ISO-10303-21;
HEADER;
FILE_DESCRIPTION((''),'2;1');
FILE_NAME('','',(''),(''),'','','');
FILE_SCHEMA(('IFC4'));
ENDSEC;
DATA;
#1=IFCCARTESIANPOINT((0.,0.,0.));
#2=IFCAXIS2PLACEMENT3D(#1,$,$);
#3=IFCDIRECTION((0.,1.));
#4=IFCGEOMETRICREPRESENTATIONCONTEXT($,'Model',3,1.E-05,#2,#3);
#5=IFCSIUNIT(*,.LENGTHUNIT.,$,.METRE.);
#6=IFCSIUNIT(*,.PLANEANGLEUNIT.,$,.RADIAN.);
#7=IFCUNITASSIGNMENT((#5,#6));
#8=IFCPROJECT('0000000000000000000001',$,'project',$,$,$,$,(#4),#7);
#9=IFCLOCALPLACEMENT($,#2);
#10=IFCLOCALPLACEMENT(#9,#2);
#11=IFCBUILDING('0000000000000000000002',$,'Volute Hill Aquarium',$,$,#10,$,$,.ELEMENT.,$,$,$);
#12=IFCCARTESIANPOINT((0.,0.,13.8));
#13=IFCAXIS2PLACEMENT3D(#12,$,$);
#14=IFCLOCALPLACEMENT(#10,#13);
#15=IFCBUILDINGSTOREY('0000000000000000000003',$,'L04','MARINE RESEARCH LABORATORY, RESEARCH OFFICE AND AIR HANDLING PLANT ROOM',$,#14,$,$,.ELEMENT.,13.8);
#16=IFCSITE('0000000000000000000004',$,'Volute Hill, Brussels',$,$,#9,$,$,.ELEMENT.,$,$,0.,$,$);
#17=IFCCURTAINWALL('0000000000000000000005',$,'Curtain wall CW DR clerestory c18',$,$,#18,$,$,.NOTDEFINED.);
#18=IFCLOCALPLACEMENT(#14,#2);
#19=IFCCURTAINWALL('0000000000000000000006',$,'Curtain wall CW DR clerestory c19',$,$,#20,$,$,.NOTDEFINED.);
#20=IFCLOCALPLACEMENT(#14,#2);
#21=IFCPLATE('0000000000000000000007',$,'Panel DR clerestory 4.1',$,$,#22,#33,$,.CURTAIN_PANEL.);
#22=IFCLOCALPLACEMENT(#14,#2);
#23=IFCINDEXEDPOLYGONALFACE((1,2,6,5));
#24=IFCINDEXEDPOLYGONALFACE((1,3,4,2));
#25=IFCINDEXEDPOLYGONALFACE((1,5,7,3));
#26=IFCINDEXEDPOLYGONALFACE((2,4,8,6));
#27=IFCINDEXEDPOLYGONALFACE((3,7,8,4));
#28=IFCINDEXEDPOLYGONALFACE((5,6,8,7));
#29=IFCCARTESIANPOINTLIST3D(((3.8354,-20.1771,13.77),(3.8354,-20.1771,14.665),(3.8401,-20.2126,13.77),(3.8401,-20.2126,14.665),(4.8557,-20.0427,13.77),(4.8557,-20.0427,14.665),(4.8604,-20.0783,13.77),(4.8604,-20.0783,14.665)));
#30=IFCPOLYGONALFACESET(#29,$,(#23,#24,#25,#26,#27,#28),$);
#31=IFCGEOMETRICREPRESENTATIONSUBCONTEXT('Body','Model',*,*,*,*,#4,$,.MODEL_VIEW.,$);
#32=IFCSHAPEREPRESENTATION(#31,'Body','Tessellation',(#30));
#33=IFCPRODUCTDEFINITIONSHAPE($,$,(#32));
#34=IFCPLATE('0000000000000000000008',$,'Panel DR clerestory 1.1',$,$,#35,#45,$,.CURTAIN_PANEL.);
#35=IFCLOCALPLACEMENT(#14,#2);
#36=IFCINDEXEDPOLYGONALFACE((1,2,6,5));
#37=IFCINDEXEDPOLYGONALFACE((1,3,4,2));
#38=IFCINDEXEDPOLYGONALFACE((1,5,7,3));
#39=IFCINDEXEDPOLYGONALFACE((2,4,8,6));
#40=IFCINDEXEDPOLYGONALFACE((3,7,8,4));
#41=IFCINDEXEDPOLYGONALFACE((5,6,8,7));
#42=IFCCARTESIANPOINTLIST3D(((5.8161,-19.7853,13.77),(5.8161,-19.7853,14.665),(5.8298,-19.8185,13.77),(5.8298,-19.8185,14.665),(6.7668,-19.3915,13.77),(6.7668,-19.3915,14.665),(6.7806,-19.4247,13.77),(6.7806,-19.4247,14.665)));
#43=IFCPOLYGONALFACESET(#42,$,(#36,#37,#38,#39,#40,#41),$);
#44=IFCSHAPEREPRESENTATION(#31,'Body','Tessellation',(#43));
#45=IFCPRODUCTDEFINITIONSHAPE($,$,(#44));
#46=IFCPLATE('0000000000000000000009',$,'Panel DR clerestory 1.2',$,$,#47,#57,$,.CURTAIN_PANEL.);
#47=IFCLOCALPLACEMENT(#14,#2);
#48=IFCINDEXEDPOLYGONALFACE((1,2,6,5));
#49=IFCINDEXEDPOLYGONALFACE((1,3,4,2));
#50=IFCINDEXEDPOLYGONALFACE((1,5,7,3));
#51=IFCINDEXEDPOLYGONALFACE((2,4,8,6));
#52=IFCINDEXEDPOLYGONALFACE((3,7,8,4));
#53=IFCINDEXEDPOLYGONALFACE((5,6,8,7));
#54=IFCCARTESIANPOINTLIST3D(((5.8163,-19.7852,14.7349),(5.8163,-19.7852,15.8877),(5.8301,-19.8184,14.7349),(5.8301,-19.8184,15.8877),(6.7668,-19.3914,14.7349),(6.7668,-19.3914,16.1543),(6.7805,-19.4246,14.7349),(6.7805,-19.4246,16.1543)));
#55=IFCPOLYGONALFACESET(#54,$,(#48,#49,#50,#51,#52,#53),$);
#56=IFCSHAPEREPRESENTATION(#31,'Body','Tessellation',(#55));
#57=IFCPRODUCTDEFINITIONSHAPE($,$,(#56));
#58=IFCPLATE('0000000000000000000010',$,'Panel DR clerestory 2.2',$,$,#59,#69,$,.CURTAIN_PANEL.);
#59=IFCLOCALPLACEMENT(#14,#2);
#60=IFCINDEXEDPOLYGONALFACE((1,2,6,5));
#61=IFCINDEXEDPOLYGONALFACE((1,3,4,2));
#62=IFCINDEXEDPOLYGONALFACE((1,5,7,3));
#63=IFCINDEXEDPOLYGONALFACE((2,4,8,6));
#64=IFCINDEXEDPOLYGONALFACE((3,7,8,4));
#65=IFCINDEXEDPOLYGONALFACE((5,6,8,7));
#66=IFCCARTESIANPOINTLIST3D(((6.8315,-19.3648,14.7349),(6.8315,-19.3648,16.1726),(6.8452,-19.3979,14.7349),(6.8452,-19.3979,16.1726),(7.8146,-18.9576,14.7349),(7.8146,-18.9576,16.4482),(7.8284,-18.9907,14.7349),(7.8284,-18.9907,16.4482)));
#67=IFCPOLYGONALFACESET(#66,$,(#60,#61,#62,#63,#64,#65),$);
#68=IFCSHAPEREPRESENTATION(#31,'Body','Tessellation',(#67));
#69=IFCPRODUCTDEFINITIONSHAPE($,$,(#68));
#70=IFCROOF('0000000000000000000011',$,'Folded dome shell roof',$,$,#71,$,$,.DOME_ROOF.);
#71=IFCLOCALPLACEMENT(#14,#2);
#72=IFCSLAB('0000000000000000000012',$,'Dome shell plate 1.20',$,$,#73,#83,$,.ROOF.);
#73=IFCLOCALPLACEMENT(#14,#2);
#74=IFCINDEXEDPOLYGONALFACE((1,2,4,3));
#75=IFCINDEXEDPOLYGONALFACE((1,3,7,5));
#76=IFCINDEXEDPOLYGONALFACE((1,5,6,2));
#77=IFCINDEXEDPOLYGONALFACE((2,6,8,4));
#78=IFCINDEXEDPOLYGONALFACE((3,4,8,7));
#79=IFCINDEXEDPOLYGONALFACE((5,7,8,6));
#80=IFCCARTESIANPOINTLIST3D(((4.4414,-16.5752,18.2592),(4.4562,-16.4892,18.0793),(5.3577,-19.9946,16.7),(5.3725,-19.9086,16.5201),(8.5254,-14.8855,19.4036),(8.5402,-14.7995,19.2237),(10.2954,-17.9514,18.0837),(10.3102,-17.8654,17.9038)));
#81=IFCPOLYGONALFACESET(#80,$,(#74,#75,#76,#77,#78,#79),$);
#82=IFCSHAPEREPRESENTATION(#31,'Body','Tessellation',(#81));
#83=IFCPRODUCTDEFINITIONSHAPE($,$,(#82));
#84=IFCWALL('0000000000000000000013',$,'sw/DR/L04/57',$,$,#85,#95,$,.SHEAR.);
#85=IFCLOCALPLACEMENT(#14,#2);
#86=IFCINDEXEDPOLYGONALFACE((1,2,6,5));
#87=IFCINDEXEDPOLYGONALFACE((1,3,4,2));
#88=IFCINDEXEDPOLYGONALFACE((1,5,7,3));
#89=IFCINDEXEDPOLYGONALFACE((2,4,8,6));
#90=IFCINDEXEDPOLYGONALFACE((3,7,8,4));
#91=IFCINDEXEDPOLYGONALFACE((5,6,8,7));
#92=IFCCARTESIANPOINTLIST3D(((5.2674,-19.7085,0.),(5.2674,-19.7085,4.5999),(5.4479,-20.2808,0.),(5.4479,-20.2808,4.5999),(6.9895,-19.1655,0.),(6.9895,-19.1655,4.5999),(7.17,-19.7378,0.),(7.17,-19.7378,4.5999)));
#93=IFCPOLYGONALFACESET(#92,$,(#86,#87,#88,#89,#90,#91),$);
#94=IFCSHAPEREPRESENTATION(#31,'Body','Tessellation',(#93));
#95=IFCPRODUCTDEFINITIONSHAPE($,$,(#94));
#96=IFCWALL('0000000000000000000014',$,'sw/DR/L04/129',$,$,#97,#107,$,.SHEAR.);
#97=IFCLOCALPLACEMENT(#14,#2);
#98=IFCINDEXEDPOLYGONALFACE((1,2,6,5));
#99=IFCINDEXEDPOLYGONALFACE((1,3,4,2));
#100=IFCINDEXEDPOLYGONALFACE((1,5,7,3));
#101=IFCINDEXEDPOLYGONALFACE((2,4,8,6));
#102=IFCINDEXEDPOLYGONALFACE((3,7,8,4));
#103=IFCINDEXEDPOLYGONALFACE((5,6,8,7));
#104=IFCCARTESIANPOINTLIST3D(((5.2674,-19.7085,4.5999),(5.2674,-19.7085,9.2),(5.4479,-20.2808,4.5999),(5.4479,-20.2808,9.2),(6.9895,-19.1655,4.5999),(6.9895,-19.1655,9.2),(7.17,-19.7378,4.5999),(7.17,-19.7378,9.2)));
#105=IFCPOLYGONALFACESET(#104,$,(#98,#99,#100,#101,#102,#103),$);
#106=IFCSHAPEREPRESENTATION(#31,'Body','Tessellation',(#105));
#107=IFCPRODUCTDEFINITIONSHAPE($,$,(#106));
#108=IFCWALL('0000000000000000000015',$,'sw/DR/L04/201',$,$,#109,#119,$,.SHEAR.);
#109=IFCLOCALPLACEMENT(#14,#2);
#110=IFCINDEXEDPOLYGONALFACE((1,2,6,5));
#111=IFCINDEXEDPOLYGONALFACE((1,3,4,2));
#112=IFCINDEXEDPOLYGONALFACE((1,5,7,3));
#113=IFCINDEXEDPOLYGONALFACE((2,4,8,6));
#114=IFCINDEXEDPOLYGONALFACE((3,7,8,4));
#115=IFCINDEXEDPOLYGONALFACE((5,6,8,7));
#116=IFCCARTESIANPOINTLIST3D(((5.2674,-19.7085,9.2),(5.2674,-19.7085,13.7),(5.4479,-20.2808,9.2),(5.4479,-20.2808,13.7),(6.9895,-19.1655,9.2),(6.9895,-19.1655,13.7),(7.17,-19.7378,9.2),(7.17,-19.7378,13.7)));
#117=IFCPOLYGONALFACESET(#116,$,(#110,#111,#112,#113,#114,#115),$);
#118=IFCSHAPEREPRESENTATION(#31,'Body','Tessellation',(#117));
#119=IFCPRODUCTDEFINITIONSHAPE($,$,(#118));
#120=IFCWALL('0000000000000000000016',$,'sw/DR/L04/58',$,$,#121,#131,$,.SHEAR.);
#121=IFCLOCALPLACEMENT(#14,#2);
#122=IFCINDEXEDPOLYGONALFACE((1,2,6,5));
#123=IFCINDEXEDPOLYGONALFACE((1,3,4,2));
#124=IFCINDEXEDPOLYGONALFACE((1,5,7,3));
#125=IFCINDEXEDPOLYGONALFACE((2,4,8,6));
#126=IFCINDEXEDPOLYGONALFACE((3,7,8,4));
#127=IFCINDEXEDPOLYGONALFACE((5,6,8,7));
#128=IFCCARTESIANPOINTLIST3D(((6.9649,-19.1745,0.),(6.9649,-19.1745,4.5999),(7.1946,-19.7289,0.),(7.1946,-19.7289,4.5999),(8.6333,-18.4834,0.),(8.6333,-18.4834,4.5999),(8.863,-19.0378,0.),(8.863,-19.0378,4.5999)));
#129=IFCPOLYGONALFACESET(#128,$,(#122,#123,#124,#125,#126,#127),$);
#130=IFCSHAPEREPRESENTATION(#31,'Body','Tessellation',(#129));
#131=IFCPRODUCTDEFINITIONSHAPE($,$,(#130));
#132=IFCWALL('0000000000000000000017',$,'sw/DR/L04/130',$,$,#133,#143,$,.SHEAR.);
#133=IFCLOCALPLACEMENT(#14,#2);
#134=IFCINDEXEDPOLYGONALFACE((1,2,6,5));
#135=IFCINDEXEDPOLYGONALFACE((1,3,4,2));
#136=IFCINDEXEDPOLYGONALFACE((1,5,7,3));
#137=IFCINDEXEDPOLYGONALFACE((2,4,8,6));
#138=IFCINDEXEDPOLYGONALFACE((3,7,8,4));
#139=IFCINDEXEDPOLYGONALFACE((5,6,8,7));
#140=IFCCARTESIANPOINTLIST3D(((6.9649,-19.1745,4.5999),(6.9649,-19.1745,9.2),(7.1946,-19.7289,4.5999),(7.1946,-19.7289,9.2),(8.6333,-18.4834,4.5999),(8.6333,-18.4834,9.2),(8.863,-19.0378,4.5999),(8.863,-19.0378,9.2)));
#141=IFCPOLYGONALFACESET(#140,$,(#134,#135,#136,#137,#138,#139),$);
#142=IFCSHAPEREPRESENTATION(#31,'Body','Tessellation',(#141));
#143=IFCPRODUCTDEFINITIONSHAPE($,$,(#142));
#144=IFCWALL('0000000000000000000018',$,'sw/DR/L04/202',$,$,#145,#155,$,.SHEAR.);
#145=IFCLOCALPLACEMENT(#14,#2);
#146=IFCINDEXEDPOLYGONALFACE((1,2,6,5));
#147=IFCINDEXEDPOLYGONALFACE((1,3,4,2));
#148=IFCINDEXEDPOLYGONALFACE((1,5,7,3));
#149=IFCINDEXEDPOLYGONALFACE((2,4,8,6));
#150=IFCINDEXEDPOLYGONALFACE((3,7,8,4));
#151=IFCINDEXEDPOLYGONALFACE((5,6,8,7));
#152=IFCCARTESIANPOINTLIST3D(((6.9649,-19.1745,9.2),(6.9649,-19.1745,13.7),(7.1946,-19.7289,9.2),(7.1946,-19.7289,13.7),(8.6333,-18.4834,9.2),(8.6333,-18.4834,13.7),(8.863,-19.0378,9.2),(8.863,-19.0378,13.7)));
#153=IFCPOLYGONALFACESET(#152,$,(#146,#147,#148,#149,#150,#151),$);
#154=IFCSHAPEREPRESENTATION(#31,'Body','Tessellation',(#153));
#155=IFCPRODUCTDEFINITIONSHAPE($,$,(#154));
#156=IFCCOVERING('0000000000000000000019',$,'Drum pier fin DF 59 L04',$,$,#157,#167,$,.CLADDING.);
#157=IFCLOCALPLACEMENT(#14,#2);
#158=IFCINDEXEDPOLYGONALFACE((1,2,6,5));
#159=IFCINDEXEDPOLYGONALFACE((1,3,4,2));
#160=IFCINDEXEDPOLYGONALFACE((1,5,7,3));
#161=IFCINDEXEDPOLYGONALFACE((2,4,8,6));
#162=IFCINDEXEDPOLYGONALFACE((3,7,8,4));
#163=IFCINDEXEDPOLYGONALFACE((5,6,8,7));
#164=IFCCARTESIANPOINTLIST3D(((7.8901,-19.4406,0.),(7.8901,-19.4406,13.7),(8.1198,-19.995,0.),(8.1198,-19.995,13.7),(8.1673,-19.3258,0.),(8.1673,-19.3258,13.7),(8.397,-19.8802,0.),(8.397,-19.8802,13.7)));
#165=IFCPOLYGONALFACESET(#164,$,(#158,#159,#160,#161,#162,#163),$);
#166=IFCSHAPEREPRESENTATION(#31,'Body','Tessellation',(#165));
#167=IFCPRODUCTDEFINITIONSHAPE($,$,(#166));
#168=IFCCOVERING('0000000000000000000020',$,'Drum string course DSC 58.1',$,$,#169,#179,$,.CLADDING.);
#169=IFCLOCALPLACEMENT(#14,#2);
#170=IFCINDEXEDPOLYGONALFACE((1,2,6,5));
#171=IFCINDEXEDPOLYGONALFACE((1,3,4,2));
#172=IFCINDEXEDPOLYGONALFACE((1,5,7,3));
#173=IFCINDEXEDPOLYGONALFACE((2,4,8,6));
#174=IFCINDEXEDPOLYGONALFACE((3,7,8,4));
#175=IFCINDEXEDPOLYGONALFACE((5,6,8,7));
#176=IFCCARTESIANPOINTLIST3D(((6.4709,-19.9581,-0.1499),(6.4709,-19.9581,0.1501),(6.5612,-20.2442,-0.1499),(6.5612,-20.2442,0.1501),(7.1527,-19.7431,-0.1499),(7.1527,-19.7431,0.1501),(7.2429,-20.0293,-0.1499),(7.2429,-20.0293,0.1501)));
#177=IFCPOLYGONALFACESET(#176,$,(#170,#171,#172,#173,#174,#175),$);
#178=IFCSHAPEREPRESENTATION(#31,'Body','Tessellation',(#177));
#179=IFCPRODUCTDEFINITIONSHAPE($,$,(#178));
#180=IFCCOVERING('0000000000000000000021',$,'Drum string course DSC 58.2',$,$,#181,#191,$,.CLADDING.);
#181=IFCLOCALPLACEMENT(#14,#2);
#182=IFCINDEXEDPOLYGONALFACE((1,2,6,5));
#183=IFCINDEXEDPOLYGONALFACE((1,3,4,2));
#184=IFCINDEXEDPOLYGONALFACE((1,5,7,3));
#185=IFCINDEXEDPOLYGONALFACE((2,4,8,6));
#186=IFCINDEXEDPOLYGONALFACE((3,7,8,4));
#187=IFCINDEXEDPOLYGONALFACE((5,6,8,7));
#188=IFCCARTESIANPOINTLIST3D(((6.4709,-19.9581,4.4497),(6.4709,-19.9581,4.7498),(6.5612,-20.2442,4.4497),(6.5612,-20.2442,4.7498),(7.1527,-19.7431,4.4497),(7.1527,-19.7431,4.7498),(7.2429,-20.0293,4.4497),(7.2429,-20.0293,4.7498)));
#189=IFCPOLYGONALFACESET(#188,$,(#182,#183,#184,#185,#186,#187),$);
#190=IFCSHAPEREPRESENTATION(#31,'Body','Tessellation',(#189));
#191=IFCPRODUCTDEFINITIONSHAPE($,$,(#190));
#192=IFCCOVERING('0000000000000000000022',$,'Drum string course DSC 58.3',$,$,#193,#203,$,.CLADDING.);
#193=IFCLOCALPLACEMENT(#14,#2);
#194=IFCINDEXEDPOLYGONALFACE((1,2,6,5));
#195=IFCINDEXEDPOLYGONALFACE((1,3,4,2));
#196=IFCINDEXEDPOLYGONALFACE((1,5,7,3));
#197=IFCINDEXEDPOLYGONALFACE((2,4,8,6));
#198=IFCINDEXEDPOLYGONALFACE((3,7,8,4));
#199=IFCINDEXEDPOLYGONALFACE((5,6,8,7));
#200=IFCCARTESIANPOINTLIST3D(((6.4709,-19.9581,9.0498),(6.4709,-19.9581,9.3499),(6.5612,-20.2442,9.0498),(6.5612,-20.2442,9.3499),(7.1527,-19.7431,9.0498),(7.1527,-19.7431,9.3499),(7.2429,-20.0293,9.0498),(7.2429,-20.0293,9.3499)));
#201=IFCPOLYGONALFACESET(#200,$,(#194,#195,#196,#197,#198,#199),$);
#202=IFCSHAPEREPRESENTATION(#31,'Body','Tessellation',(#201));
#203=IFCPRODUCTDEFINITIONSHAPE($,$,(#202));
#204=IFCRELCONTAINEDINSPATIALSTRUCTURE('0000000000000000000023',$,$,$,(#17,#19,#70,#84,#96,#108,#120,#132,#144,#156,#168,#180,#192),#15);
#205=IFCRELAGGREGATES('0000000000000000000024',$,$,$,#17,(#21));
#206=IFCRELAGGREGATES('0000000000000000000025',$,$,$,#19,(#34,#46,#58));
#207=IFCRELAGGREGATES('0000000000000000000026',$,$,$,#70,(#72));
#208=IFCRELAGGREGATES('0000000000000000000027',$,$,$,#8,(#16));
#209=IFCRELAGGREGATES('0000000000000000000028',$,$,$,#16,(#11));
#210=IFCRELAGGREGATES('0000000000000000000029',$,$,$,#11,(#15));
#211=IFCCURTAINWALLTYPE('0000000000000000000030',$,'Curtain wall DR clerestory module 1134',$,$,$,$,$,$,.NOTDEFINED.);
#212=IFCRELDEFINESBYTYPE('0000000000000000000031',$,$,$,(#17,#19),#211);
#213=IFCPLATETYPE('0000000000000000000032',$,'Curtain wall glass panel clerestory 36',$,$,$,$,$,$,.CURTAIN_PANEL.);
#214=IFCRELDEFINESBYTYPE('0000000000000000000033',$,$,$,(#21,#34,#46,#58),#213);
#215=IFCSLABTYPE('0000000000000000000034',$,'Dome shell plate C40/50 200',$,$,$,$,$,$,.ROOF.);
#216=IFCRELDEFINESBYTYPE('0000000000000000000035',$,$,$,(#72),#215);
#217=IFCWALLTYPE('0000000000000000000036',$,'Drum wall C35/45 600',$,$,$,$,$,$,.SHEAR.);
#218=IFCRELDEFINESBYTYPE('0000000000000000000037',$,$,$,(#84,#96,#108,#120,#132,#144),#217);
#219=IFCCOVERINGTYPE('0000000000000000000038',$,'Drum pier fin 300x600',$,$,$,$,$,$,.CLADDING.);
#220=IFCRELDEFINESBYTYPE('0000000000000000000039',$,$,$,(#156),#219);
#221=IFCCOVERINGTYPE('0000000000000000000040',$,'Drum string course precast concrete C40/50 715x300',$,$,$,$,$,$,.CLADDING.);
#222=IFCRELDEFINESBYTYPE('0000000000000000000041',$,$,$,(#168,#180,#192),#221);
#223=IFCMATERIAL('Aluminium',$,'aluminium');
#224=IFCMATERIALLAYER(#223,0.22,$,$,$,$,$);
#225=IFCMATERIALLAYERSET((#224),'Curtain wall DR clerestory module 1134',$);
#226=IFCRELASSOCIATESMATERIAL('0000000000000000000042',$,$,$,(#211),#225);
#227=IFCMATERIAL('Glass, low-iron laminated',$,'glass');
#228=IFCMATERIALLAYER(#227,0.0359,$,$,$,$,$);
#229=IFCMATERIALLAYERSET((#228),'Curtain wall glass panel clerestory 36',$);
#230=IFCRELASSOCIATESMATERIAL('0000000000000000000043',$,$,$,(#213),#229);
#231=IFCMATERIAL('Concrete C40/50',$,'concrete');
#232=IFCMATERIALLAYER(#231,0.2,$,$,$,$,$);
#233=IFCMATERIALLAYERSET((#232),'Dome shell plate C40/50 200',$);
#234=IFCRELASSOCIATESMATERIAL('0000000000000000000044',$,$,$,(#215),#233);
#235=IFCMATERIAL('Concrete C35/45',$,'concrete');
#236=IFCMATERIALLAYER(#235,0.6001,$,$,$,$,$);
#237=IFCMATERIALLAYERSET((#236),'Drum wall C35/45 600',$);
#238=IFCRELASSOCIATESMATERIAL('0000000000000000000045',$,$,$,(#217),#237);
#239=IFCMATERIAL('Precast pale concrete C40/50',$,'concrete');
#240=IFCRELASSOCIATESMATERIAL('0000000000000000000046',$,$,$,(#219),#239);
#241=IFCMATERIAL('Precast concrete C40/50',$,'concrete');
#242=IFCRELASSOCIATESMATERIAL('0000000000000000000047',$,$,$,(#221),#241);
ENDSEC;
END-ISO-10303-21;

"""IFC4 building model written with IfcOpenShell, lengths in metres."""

from ifc_helpers import new_model, si_unit, direction, frame, frame_2d, origin, origin_2d, place, context, subcontext, project, spatial, polyline, rectangle, outline, extrude, material, layer, layer_set, type_object, element, aggregate, save


model = new_model("IFC4")

# Units and contexts
model_context = context("Model", 3, precision=1e-05, world=origin(), true_north=direction((0.0, 1.0)))
body_context = subcontext(model_context, "Body", "Model", "MODEL_VIEW")
ifc_project = project(units=[si_unit("LENGTHUNIT", "METRE"), si_unit("PLANEANGLEUNIT", "RADIAN")], contexts=[model_context])

# Site, building, storey
site_placement = place(None, origin())
site = spatial("IfcSite", under=ifc_project, at=site_placement, Name="Volute Hill, Brussels", CompositionType="ELEMENT", RefElevation=0.0)
building_placement = place(site_placement, origin())
building = spatial("IfcBuilding", under=site, at=building_placement, Name="Volute Hill Aquarium", CompositionType="ELEMENT")
storey_placement = place(building_placement, frame((0.0, 0.0, 13.8)))
storey = spatial("IfcBuildingStorey", under=building, at=storey_placement, Name="L04", Description="MARINE RESEARCH LABORATORY, RESEARCH OFFICE AND AIR HANDLING PLANT ROOM", CompositionType="ELEMENT", Elevation=13.8)

# Curtain wall
ifc_material_1 = material(Name="Aluminium", Category="aluminium")
ifc_layer_1 = layer(ifc_material_1, 0.22)
ifc_layer_set_1 = layer_set([ifc_layer_1], Name="Curtain wall DR clerestory module 1134")
curtain_wall_type = type_object("IfcCurtainWallType", Name="Curtain wall DR clerestory module 1134", PredefinedType="NOTDEFINED", material=ifc_layer_set_1)
curtain_wall_1_placement = place(storey_placement, origin())
curtain_wall_1 = element("IfcCurtainWall", 1, at=curtain_wall_1_placement, inside=storey, type_object=curtain_wall_type, Name="Curtain wall CW DR clerestory c18", PredefinedType="NOTDEFINED")

# Curtain wall
curtain_wall_2_placement = place(storey_placement, origin())
curtain_wall_2 = element("IfcCurtainWall", 2, at=curtain_wall_2_placement, inside=storey, type_object=curtain_wall_type, Name="Curtain wall CW DR clerestory c19", PredefinedType="NOTDEFINED")

# Plates
ifc_material_2 = material(Name="Glass, low-iron laminated", Category="glass")
ifc_layer_2 = layer(ifc_material_2, 0.0359)
ifc_layer_set_2 = layer_set([ifc_layer_2], Name="Curtain wall glass panel clerestory 36")
plate_type = type_object("IfcPlateType", Name="Curtain wall glass panel clerestory 36", PredefinedType="CURTAIN_PANEL", material=ifc_layer_set_2)
plate_1_placement = place(storey_placement, frame((4.3479, -20.1277, 13.77), z_axis=(0.0, 0.0, 1.0), x_axis=(0.991446, 0.130519, 0.0)))
plate_1 = element("IfcPlate", 3, at=plate_1_placement, type_object=plate_type, Name="Panel DR clerestory 4.1", PredefinedType="CURTAIN_PANEL", context=body_context, shape_type="SweptSolid", body=[
    extrude(rectangle(XDim=1.0291, YDim=0.0359, at=origin_2d()), origin(), (0.0, 0.0, 1.0), 0.895),
])
aggregate(curtain_wall_1, [plate_1])
plate_2_placement = place(storey_placement, frame((6.2983, -19.605, 13.77), z_axis=(0.0, 0.0, 1.0), x_axis=(0.923874, 0.382696, 0.0)))
plate_2 = element("IfcPlate", 4, at=plate_2_placement, type_object=plate_type, Name="Panel DR clerestory 1.1", PredefinedType="CURTAIN_PANEL", context=body_context, shape_type="SweptSolid", body=[
    extrude(rectangle(XDim=1.0291, YDim=0.0359, at=origin_2d()), origin(), (0.0, 0.0, 1.0), 0.895),
])
plate_3_placement = place(storey_placement, frame((5.8301, -19.8184, 14.7349), z_axis=(0.382778, -0.92384, 0.0), x_axis=(0.92384, 0.382778, 0.0)))
plate_3 = element("IfcPlate", 5, at=plate_3_placement, type_object=plate_type, Name="Panel DR clerestory 1.2", PredefinedType="CURTAIN_PANEL", context=body_context, shape_type="SweptSolid", body=[
    extrude(outline(polyline([(0.0, 0.0), (1.0288, 0.0), (1.0288, 1.4194), (0.0, 1.1528), (0.0, 0.0)])), origin(), (0.0, 0.0, -1.0), 0.0359),
])
plate_4_placement = place(storey_placement, frame((6.8452, -19.3979, 14.7349), z_axis=(0.382676, -0.923883, 0.0), x_axis=(0.923883, 0.382676, 0.0)))
plate_4 = element("IfcPlate", 6, at=plate_4_placement, type_object=plate_type, Name="Panel DR clerestory 2.2", PredefinedType="CURTAIN_PANEL", context=body_context, shape_type="SweptSolid", body=[
    extrude(outline(polyline([(0.0, 0.0), (1.0642, 0.0), (1.0642, 1.7134), (0.0, 1.4377), (0.0, 0.0)])), origin(), (0.0, 0.0, -1.0), 0.0359),
])
aggregate(curtain_wall_2, [plate_2, plate_3, plate_4])

# Roof, slab
roof_placement = place(storey_placement, origin())
roof = element("IfcRoof", 7, at=roof_placement, inside=storey, Name="Folded dome shell roof", PredefinedType="DOME_ROOF")
ifc_material_3 = material(Name="Concrete C40/50", Category="concrete")
ifc_layer_3 = layer(ifc_material_3, 0.2)
ifc_layer_set_3 = layer_set([ifc_layer_3], Name="Dome shell plate C40/50 200")
slab_type = type_object("IfcSlabType", Name="Dome shell plate C40/50 200", PredefinedType="ROOF", material=ifc_layer_set_3)
slab_placement = place(storey_placement, frame((5.3577, -19.9946, 16.7), z_axis=(-0.074142, -0.430136, 0.899715), x_axis=(0.894512, 0.370149, 0.250674)))
slab = element("IfcSlab", 8, at=slab_placement, type_object=slab_type, Name="Dome shell plate 1.20", PredefinedType="ROOF", context=body_context, shape_type="SweptSolid", body=[
    extrude(outline(polyline([(0.0, 0.0), (5.52, 0.0), (5.4024, 3.7764), (0.837, 3.7766), (0.0, 0.0)])), origin(), (0.0, 0.0, -1.0), 0.2),
])
aggregate(roof, [slab])

# Walls
ifc_material_4 = material(Name="Concrete C35/45", Category="concrete")
ifc_layer_4 = layer(ifc_material_4, 0.6001)
ifc_layer_set_4 = layer_set([ifc_layer_4], Name="Drum wall C35/45 600")
wall_type = type_object("IfcWallType", Name="Drum wall C35/45 600", PredefinedType="SHEAR", material=ifc_layer_set_4)
wall_1_placement = place(storey_placement, frame((5.3577, -19.9946, 0.0), z_axis=(0.0, 0.0, 1.0), x_axis=(0.953722, 0.300691, 0.0)))
element("IfcWall", 9, at=wall_1_placement, inside=storey, type_object=wall_type, Name="sw/DR/L04/57", PredefinedType="SHEAR", context=body_context, shape_type="SweptSolid", body=[
    extrude(rectangle(XDim=1.8057, YDim=0.6001, at=frame_2d((0.9028, 0.0))), origin(), (0.0, 0.0, 1.0), 4.5999),
])
wall_2_placement = place(storey_placement, frame((5.3577, -19.9946, 4.5999), z_axis=(0.0, 0.0, 1.0), x_axis=(0.953722, 0.300691, 0.0)))
element("IfcWall", 10, at=wall_2_placement, inside=storey, type_object=wall_type, Name="sw/DR/L04/129", PredefinedType="SHEAR", context=body_context, shape_type="SweptSolid", body=[
    extrude(rectangle(XDim=1.8057, YDim=0.6001, at=frame_2d((0.9028, 0.0))), origin(), (0.0, 0.0, 1.0), 4.6001),
])
wall_3_placement = place(storey_placement, frame((5.3577, -19.9946, 9.2), z_axis=(0.0, 0.0, 1.0), x_axis=(0.953722, 0.300691, 0.0)))
element("IfcWall", 11, at=wall_3_placement, inside=storey, type_object=wall_type, Name="sw/DR/L04/201", PredefinedType="SHEAR", context=body_context, shape_type="SweptSolid", body=[
    extrude(rectangle(XDim=1.8057, YDim=0.6001, at=frame_2d((0.9028, 0.0))), origin(), (0.0, 0.0, 1.0), 4.5),
])
wall_4_placement = place(storey_placement, frame((7.0798, -19.4517, 0.0), z_axis=(0.0, 0.0, 1.0), x_axis=(0.923867, 0.382714, 0.0)))
element("IfcWall", 12, at=wall_4_placement, inside=storey, type_object=wall_type, Name="sw/DR/L04/58", PredefinedType="SHEAR", context=body_context, shape_type="SweptSolid", body=[
    extrude(rectangle(XDim=1.8059, YDim=0.6001, at=frame_2d((0.9028, 0.0))), origin(), (0.0, 0.0, 1.0), 4.5999),
])
wall_5_placement = place(storey_placement, frame((7.0798, -19.4517, 4.5999), z_axis=(0.0, 0.0, 1.0), x_axis=(0.923867, 0.382714, 0.0)))
element("IfcWall", 13, at=wall_5_placement, inside=storey, type_object=wall_type, Name="sw/DR/L04/130", PredefinedType="SHEAR", context=body_context, shape_type="SweptSolid", body=[
    extrude(rectangle(XDim=1.8059, YDim=0.6001, at=frame_2d((0.9028, 0.0))), origin(), (0.0, 0.0, 1.0), 4.6001),
])
wall_6_placement = place(storey_placement, frame((7.0798, -19.4517, 9.2), z_axis=(0.0, 0.0, 1.0), x_axis=(0.923867, 0.382714, 0.0)))
element("IfcWall", 14, at=wall_6_placement, inside=storey, type_object=wall_type, Name="sw/DR/L04/202", PredefinedType="SHEAR", context=body_context, shape_type="SweptSolid", body=[
    extrude(rectangle(XDim=1.8059, YDim=0.6001, at=frame_2d((0.9028, 0.0))), origin(), (0.0, 0.0, 1.0), 4.5),
])

# Coverings
ifc_material_5 = material(Name="Precast pale concrete C40/50", Category="concrete")
covering_type_1 = type_object("IfcCoveringType", Name="Drum pier fin 300x600", PredefinedType="CLADDING", material=ifc_material_5)
covering_1_placement = place(storey_placement, frame((8.1436, -19.6604, 0.0), z_axis=(0.0, 0.0, 1.0), x_axis=(0.92388, 0.382683, 0.0)))
element("IfcCovering", 15, at=covering_1_placement, inside=storey, type_object=covering_type_1, Name="Drum pier fin DF 59 L04", PredefinedType="CLADDING", context=body_context, shape_type="SweptSolid", body=[
    extrude(rectangle(XDim=0.3, YDim=0.6001, at=origin_2d()), origin(), (0.0, 0.0, 1.0), 13.7),
])
ifc_material_6 = material(Name="Precast concrete C40/50", Category="concrete")
covering_type_2 = type_object("IfcCoveringType", Name="Drum string course precast concrete C40/50 715x300", PredefinedType="CLADDING", material=ifc_material_6)
for number, where, z_axis, x_axis, name in (
    (16, (6.8569, -19.9937, -0.1499), (0.0, 0.0, 1.0), (0.953717, 0.300706, 0.0), "Drum string course DSC 58.1"),
    (17, (6.8569, -19.9937, 4.4497), (0.0, 0.0, 1.0), (0.953717, 0.300706, 0.0), "Drum string course DSC 58.2"),
    (18, (6.8569, -19.9937, 9.0498), (0.0, 0.0, 1.0), (0.953717, 0.300706, 0.0), "Drum string course DSC 58.3"),
):
    element("IfcCovering", number, at=place(storey_placement, frame(where, z_axis=z_axis, x_axis=x_axis)), inside=storey, type_object=covering_type_2, Name=name, PredefinedType="CLADDING", context=body_context, shape_type="SweptSolid", body=[
        extrude(rectangle(XDim=0.7148, YDim=0.3, at=origin_2d()), origin(), (0.0, 0.0, 1.0), 0.3),
    ])

save(model, "model.ifc")
